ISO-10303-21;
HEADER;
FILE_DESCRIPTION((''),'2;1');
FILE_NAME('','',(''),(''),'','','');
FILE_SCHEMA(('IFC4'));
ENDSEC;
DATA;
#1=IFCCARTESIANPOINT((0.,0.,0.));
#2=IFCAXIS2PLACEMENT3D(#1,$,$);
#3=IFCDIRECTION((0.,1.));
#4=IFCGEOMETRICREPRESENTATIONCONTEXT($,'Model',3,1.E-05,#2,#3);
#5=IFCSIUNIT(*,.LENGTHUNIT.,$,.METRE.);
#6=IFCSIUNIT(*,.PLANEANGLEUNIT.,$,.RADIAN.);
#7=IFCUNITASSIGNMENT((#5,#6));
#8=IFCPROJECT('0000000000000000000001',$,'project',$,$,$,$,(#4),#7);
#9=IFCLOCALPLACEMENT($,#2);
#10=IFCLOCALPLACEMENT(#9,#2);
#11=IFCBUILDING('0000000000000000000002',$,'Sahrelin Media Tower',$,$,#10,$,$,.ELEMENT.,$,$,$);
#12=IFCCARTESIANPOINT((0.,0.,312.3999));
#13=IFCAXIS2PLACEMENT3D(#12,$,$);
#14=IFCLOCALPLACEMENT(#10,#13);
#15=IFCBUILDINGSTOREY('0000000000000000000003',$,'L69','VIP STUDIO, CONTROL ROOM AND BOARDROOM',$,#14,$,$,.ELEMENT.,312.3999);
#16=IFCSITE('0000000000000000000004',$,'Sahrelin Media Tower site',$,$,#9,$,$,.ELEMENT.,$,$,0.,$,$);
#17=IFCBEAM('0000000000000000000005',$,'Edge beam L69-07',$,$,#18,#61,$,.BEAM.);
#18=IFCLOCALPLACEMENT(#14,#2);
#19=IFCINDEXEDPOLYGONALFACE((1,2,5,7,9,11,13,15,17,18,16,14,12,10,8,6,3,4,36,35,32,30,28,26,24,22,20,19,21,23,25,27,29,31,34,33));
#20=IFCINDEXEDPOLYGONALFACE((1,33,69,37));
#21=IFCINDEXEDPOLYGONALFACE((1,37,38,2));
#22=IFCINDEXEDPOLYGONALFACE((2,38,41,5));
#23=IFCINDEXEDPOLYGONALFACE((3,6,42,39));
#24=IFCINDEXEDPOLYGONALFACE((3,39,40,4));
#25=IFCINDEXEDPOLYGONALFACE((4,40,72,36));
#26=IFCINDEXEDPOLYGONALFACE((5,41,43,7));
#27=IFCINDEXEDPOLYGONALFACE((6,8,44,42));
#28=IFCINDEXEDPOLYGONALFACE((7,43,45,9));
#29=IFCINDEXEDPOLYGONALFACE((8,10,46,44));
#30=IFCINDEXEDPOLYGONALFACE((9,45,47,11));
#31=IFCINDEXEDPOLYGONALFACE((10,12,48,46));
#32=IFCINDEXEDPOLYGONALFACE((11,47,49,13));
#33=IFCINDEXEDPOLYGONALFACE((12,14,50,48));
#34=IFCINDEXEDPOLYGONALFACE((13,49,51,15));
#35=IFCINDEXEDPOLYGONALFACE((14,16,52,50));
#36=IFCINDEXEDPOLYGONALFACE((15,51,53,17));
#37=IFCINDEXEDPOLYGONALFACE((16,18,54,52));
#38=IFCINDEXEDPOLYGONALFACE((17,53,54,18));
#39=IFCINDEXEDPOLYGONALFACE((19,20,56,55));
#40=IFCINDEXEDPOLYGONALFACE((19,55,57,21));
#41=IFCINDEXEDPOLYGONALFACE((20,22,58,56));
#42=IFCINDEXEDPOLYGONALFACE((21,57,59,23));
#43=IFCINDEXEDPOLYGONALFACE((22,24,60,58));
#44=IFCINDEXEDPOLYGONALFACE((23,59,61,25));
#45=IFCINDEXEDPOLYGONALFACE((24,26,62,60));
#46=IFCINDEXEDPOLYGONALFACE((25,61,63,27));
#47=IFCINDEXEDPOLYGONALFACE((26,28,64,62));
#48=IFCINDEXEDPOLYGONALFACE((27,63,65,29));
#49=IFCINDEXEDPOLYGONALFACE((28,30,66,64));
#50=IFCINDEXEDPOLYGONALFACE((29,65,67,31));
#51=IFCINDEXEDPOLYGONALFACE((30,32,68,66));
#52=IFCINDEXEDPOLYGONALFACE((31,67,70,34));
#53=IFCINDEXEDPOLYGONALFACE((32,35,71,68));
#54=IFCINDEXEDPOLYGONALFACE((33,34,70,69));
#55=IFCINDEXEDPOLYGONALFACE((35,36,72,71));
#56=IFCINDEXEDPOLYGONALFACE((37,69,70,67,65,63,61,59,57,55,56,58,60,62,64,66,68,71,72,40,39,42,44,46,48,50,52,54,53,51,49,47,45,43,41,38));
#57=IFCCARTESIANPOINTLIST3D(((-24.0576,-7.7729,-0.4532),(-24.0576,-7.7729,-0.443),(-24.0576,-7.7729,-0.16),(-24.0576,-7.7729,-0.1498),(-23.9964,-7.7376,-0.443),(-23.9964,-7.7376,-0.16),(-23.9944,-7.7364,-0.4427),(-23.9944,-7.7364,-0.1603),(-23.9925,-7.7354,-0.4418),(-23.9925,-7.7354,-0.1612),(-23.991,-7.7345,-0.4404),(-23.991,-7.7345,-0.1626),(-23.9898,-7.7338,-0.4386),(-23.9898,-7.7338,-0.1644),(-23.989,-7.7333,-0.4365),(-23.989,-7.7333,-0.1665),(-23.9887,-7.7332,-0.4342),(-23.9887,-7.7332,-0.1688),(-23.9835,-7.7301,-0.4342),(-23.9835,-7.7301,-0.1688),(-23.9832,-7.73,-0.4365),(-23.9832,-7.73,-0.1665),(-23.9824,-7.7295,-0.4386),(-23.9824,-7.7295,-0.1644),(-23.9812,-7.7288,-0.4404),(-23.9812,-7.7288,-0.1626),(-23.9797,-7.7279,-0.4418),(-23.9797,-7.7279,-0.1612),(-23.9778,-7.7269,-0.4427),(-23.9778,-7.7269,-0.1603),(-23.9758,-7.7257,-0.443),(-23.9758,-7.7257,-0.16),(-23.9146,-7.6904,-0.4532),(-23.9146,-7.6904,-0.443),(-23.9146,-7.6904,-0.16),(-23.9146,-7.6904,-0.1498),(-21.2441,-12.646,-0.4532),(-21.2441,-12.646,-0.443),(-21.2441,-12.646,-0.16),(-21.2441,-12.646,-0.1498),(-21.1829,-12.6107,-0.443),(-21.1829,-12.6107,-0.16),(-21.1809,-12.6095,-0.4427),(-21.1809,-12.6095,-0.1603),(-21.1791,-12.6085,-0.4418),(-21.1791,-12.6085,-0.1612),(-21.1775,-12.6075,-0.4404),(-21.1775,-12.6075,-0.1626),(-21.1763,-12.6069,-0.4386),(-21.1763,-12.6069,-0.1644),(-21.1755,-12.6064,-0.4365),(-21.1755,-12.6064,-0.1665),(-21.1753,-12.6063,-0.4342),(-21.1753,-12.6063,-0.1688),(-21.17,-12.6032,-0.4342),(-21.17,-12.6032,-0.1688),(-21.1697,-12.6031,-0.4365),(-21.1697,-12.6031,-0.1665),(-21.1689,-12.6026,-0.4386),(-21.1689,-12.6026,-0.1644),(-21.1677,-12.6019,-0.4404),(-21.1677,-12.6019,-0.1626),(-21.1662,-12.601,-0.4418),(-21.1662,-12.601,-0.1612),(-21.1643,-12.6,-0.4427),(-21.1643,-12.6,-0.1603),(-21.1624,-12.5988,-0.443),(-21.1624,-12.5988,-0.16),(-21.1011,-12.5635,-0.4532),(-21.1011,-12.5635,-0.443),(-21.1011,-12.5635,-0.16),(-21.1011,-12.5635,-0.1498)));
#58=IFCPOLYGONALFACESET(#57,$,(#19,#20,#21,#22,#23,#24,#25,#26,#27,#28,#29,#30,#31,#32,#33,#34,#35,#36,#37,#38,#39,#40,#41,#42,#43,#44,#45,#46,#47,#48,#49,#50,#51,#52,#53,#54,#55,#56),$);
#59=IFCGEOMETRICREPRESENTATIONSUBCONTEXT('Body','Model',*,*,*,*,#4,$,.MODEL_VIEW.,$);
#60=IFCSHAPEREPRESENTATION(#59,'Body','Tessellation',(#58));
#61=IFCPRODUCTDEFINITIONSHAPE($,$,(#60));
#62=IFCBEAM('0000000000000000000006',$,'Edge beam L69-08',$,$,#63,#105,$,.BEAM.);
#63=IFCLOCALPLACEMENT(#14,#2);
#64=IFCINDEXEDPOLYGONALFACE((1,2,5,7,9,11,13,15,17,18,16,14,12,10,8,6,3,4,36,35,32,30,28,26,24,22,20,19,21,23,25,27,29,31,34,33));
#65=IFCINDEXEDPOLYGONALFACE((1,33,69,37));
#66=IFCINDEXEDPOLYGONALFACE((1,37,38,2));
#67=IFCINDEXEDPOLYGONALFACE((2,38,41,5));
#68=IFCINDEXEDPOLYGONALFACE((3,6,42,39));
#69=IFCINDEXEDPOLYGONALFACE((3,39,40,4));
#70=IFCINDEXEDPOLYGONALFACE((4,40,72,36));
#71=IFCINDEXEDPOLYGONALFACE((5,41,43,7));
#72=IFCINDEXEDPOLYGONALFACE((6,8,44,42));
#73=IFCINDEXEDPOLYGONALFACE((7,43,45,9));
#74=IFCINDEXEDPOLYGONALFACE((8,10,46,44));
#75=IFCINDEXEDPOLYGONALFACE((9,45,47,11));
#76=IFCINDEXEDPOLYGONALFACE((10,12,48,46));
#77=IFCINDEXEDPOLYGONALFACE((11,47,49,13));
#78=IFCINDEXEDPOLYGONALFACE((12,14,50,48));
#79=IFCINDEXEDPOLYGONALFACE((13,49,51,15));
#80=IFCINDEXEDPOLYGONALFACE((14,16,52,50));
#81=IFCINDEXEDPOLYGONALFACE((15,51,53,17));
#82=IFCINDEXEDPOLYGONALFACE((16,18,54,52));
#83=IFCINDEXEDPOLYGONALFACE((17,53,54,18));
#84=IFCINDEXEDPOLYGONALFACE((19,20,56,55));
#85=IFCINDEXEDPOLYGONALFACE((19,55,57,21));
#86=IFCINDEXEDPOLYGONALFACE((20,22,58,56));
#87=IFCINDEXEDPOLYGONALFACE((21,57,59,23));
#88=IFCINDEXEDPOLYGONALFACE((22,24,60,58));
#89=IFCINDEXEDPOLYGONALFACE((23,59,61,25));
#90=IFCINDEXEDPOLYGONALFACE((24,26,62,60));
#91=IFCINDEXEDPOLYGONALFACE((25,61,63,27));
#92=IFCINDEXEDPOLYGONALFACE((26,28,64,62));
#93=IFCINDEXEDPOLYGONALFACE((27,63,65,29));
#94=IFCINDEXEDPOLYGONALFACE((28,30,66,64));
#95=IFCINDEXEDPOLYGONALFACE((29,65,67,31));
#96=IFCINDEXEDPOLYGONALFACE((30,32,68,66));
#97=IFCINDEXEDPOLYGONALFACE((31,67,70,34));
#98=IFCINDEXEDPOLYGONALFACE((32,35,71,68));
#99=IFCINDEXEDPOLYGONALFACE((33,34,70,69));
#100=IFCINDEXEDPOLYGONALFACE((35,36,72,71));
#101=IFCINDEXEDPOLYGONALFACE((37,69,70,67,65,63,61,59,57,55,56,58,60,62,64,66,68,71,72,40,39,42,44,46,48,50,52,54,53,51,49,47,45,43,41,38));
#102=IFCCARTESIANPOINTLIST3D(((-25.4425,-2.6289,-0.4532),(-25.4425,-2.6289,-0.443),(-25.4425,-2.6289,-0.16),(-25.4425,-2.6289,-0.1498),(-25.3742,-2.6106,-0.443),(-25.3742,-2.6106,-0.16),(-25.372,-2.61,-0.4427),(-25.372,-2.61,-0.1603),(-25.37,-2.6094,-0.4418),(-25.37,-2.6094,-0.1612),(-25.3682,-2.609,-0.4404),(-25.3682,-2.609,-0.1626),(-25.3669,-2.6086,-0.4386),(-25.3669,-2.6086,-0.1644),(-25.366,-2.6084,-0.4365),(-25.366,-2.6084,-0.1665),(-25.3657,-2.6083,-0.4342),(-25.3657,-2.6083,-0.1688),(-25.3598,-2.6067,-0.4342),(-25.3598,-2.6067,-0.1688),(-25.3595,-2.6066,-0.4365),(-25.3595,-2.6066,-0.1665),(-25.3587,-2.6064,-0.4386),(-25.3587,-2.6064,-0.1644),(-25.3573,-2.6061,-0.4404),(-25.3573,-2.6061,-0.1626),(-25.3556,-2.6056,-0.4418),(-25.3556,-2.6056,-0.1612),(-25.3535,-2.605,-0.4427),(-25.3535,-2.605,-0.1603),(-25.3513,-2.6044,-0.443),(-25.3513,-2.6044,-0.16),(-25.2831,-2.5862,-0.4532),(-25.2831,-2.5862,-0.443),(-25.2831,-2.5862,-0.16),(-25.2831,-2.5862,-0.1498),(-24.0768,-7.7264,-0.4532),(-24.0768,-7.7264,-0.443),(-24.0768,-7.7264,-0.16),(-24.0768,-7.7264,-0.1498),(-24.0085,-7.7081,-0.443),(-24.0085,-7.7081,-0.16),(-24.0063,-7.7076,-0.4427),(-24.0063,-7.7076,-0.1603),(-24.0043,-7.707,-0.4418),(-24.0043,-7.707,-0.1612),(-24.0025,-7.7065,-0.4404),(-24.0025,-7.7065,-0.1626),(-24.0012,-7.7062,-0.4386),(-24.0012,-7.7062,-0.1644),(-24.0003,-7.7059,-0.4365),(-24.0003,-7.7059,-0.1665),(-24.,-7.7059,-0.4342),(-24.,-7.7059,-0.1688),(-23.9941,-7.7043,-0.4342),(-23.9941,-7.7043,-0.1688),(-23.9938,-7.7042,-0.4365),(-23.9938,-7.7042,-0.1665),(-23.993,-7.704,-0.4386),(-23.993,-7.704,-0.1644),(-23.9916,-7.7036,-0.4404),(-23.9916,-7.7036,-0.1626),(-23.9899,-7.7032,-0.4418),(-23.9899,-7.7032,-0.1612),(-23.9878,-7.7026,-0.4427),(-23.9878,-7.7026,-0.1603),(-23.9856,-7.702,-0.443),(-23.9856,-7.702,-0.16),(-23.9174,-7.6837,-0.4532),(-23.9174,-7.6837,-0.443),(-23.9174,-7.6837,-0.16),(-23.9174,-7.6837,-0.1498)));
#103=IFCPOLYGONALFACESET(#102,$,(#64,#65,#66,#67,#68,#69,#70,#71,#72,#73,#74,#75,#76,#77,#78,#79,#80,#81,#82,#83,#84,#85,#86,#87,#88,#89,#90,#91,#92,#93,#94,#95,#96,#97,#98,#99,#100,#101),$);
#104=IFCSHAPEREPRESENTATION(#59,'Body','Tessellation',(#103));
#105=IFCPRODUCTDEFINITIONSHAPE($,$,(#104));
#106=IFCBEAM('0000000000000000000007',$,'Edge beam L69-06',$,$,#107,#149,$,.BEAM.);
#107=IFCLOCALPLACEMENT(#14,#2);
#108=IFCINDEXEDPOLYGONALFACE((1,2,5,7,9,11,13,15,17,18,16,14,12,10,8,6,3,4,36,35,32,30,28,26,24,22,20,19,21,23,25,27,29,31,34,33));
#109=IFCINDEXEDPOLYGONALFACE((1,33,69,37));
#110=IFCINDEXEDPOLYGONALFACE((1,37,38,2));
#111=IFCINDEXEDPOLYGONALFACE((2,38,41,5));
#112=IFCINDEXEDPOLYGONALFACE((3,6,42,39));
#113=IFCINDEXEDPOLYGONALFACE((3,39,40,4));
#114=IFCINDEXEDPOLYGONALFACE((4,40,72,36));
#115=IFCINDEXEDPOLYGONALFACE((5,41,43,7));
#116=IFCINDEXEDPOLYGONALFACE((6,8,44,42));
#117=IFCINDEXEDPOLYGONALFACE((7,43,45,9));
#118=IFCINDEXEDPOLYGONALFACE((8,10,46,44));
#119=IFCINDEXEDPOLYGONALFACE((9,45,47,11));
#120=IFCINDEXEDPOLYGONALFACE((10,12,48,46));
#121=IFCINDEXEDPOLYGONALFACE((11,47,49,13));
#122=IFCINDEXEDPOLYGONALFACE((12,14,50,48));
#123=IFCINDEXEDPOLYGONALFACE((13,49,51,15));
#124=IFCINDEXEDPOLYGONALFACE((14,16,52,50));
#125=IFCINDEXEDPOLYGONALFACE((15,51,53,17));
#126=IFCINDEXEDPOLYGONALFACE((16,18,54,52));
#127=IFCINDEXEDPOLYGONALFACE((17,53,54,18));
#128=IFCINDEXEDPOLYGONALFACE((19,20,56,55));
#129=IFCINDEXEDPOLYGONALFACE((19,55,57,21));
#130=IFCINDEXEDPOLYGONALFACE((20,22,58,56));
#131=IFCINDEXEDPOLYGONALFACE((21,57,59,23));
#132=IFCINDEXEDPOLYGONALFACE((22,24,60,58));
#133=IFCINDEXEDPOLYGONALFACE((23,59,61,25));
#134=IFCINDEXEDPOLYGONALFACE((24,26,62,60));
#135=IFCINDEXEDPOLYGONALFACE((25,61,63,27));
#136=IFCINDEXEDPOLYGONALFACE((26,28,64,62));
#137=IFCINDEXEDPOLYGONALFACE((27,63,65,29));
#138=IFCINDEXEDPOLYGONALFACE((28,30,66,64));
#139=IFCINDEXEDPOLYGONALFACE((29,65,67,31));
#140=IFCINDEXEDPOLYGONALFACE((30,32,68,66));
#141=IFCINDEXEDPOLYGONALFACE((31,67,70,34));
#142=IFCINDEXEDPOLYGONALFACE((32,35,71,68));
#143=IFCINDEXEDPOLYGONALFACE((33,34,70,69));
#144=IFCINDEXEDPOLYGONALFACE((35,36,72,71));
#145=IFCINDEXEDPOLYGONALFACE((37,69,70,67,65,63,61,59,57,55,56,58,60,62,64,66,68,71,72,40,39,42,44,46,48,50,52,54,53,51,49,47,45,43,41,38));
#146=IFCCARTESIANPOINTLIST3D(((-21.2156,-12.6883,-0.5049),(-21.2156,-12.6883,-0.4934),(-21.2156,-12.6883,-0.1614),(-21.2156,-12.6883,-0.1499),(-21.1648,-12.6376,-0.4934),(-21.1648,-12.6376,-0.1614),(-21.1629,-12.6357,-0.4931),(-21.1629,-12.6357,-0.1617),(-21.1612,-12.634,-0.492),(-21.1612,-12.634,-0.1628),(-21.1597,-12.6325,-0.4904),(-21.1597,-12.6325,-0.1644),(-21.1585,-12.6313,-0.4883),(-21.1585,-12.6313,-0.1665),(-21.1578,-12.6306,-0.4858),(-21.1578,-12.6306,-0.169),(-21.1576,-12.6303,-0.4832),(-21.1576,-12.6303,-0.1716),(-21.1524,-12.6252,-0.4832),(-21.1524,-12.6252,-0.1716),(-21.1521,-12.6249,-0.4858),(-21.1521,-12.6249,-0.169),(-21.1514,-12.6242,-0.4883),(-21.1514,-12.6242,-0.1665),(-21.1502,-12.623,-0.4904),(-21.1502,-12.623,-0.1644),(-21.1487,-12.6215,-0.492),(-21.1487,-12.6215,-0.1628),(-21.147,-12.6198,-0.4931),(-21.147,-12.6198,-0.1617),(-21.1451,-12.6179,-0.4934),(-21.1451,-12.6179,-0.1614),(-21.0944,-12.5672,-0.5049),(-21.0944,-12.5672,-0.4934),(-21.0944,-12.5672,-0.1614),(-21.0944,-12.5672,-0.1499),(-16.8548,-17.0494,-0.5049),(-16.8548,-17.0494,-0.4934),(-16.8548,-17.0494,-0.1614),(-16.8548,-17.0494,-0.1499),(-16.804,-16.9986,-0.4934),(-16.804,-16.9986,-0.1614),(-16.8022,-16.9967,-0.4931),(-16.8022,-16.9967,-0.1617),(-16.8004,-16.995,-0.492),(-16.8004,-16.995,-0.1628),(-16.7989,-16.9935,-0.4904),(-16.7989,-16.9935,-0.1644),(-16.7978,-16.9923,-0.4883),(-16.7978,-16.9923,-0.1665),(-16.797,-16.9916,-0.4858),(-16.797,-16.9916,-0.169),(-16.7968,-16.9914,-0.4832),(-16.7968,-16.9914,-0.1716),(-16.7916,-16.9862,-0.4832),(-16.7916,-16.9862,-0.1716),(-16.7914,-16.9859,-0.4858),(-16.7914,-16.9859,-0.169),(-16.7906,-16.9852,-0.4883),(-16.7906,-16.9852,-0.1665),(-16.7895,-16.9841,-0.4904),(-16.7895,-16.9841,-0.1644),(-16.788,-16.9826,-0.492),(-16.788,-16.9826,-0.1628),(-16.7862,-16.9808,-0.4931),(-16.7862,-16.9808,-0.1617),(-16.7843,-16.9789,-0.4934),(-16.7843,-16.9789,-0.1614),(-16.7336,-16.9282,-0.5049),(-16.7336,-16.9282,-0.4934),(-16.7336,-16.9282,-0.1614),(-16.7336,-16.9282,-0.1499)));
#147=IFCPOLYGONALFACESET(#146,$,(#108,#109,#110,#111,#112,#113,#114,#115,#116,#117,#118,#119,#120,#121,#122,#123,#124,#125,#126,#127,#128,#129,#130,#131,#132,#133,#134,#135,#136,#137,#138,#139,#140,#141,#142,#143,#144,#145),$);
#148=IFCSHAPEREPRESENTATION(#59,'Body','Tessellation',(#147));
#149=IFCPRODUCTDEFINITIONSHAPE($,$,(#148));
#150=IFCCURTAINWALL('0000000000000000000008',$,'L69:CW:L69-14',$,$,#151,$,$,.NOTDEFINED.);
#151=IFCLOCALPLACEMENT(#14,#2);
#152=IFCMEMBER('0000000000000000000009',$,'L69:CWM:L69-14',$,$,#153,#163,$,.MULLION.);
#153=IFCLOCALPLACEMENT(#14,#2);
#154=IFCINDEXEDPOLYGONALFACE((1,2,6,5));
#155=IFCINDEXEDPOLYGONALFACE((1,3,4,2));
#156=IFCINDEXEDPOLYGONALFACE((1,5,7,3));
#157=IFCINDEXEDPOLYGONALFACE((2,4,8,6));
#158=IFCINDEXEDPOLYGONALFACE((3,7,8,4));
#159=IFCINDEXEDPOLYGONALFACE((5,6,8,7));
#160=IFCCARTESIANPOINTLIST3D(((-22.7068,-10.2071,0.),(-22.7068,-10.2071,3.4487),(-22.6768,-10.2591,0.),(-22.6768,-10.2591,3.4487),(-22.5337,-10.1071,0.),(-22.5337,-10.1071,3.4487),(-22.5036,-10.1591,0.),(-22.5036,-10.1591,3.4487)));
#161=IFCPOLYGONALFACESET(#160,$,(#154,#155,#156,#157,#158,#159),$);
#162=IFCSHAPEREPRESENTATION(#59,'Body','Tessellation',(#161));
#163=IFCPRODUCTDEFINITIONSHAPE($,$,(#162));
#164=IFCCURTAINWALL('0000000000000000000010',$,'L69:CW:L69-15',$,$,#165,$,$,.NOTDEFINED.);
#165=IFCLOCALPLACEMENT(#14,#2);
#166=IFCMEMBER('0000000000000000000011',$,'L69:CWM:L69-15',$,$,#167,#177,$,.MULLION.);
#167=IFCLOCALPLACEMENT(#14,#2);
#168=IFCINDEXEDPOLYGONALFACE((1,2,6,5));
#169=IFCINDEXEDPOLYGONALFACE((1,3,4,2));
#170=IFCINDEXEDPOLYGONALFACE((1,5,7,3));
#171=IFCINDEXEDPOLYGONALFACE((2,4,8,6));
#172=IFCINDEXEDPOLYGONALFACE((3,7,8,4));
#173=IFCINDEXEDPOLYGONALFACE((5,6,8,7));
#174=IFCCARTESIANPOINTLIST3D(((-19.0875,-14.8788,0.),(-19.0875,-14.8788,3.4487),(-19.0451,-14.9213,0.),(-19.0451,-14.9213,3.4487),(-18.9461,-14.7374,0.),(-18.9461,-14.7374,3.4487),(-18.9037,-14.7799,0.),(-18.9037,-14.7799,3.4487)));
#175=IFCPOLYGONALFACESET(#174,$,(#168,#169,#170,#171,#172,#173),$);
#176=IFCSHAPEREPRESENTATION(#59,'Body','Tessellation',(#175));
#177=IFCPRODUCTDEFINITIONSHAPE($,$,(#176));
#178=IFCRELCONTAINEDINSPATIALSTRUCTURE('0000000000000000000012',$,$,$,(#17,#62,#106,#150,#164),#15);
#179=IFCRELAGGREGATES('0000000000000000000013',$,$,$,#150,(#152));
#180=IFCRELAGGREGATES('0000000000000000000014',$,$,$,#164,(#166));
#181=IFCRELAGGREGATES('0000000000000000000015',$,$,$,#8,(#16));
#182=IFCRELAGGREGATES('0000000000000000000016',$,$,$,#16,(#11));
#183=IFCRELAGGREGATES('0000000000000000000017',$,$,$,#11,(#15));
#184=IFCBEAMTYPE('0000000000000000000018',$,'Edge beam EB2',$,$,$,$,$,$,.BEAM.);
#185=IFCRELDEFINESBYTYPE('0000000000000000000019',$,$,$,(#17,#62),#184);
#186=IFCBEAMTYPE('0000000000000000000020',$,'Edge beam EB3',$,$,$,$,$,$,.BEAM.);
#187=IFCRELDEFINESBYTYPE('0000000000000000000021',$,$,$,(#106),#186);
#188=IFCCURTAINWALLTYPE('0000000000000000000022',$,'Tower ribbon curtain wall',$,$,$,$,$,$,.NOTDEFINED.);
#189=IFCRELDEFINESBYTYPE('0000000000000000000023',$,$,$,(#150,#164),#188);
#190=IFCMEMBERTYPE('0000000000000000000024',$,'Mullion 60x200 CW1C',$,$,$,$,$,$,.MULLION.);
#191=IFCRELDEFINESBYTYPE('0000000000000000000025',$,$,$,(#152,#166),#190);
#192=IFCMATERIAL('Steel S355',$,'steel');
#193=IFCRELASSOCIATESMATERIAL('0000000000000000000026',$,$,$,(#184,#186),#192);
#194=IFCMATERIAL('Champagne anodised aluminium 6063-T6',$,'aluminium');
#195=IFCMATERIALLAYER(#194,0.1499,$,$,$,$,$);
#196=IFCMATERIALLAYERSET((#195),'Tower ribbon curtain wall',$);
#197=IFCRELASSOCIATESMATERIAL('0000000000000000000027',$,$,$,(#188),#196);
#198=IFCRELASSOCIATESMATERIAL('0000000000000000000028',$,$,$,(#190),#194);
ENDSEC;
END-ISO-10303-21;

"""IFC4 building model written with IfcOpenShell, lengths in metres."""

from ifc_helpers import new_model, si_unit, direction, frame, origin, origin_2d, place, context, subcontext, project, spatial, rectangle, i_section, extrude, material, layer, layer_set, material_profile, profile_set, type_object, element, aggregate, save


model = new_model("IFC4")

# Units and contexts
model_context = context("Model", 3, precision=1e-05, world=origin(), true_north=direction((0.0, 1.0)))
body_context = subcontext(model_context, "Body", "Model", "MODEL_VIEW")
ifc_project = project(units=[si_unit("LENGTHUNIT", "METRE"), si_unit("PLANEANGLEUNIT", "RADIAN")], contexts=[model_context])

# Site, building, storey
site_placement = place(None, origin())
site = spatial("IfcSite", under=ifc_project, at=site_placement, Name="Sahrelin Media Tower site", CompositionType="ELEMENT", RefElevation=0.0)
building_placement = place(site_placement, origin())
building = spatial("IfcBuilding", under=site, at=building_placement, Name="Sahrelin Media Tower", CompositionType="ELEMENT")
storey_placement = place(building_placement, frame((0.0, 0.0, 312.3999)))
storey = spatial("IfcBuildingStorey", under=building, at=storey_placement, Name="L69", Description="VIP STUDIO, CONTROL ROOM AND BOARDROOM", CompositionType="ELEMENT", Elevation=312.3999)

# Beams
ifc_material_1 = material(Name="Steel S355", Category="steel")
ifc_material_profile_1 = material_profile(ifc_material_1, i_section(OverallWidth=0.165, OverallDepth=0.3035, WebThickness=0.0061, FlangeThickness=0.0103, FilletRadius=0.0088, at=origin_2d()), Name="UB 305x165x40")
ifc_profile_set_1 = profile_set([ifc_material_profile_1], Name="Steel S355")
beam_type_1 = type_object("IfcBeamType", Name="Edge beam EB2", PredefinedType="BEAM", material=ifc_profile_set_1)
beam_1_placement = place(storey_placement, frame((-21.1726, -12.6047, -0.3015), z_axis=(-0.500003, 0.866024, 0.0), x_axis=(-0.866024, -0.500003, 0.0)))
element("IfcBeam", 1, at=beam_1_placement, inside=storey, type_object=beam_type_1, Name="Edge beam L69-07", PredefinedType="BEAM", context=body_context, shape_type="SweptSolid", body=[
    extrude(i_section(OverallWidth=0.165, OverallDepth=0.3035, WebThickness=0.0061, FlangeThickness=0.0103, FilletRadius=0.0088, at=origin_2d()), origin(), (0.0, 0.0, 1.0), 5.627),
])
beam_2_placement = place(storey_placement, frame((-23.9971, -7.7051, -0.3015), z_axis=(-0.258785, 0.965935, 0.0), x_axis=(-0.965935, -0.258785, 0.0)))
element("IfcBeam", 2, at=beam_2_placement, inside=storey, type_object=beam_type_1, Name="Edge beam L69-08", PredefinedType="BEAM", context=body_context, shape_type="SweptSolid", body=[
    extrude(i_section(OverallWidth=0.165, OverallDepth=0.3035, WebThickness=0.0061, FlangeThickness=0.0103, FilletRadius=0.0088, at=origin_2d()), origin(), (0.0, 0.0, 1.0), 5.2773),
])
ifc_material_profile_2 = material_profile(ifc_material_1, i_section(OverallWidth=0.1714, OverallDepth=0.355, WebThickness=0.0073, FlangeThickness=0.0115, FilletRadius=0.0103, at=origin_2d()), Name="UB 356x171x51")
ifc_profile_set_2 = profile_set([ifc_material_profile_2], Name="Steel S355")
beam_type_2 = type_object("IfcBeamType", Name="Edge beam EB3", PredefinedType="BEAM", material=ifc_profile_set_2)
beam_3_placement = place(storey_placement, frame((-16.7942, -16.9888, -0.3274), z_axis=(-0.707087, 0.707127, 0.0), x_axis=(-0.707127, -0.707087, 0.0)))
element("IfcBeam", 3, at=beam_3_placement, inside=storey, type_object=beam_type_2, Name="Edge beam L69-06", PredefinedType="BEAM", context=body_context, shape_type="SweptSolid", body=[
    extrude(i_section(OverallWidth=0.1714, OverallDepth=0.355, WebThickness=0.0073, FlangeThickness=0.0115, FilletRadius=0.0103, at=origin_2d()), origin(), (0.0, 0.0, 1.0), 6.1672),
])

# Curtain walls, members
ifc_material_2 = material(Name="Champagne anodised aluminium 6063-T6", Category="aluminium")
ifc_layer_1 = layer(ifc_material_2, 0.1499)
ifc_layer_set_1 = layer_set([ifc_layer_1], Name="Tower ribbon curtain wall")
curtain_wall_type = type_object("IfcCurtainWallType", Name="Tower ribbon curtain wall", PredefinedType="NOTDEFINED", material=ifc_layer_set_1)
curtain_wall_1_placement = place(storey_placement, frame((-22.7092, -10.2432, 0.0), z_axis=(0.0, 0.0, 1.0), x_axis=(1.0, 0.0, 0.0)))
curtain_wall_1 = element("IfcCurtainWall", 4, at=curtain_wall_1_placement, inside=storey, type_object=curtain_wall_type, Name="L69:CW:L69-14", PredefinedType="NOTDEFINED")
ifc_material_profile_3 = material_profile(ifc_material_2, rectangle(XDim=0.0601, YDim=0.2, at=origin_2d()), Name="Mullion 60x200")
ifc_profile_set_3 = profile_set([ifc_material_profile_3], Name="Champagne anodised aluminium 6063-T6")
member_type_1 = type_object("IfcMemberType", Name="Mullion 60x200 CW1C", PredefinedType="MULLION", material=ifc_profile_set_3)
member_1_placement = place(storey_placement, frame((-22.6052, -10.1831, 0.0), z_axis=(0.0, 0.0, 1.0), x_axis=(0.500003, -0.866024, 0.0)))
member_1 = element("IfcMember", 5, at=member_1_placement, type_object=member_type_1, Name="L69:CWM:L69-14", PredefinedType="MULLION", context=body_context, shape_type="SweptSolid", body=[
    extrude(rectangle(XDim=0.0601, YDim=0.2, at=origin_2d()), origin(), (0.0, 0.0, 1.0), 3.4487),
])
curtain_wall_2_placement = place(storey_placement, frame((-19.0806, -14.9143, 0.0), z_axis=(0.0, 0.0, 1.0), x_axis=(1.0, 0.0, 0.0)))
curtain_wall_2 = element("IfcCurtainWall", 6, at=curtain_wall_2_placement, inside=storey, type_object=curtain_wall_type, Name="L69:CW:L69-15", PredefinedType="NOTDEFINED")
member_2_placement = place(storey_placement, frame((-18.9956, -14.8293, 0.0), z_axis=(0.0, 0.0, 1.0), x_axis=(0.707099, -0.707114, 0.0)))
member_2 = element("IfcMember", 7, at=member_2_placement, type_object=member_type_1, Name="L69:CWM:L69-15", PredefinedType="MULLION", context=body_context, shape_type="SweptSolid", body=[
    extrude(rectangle(XDim=0.0601, YDim=0.2, at=origin_2d()), origin(), (0.0, 0.0, 1.0), 3.4487),
])

aggregate(curtain_wall_1, [member_1])
aggregate(curtain_wall_2, [member_2])

save(model, "model.ifc")
